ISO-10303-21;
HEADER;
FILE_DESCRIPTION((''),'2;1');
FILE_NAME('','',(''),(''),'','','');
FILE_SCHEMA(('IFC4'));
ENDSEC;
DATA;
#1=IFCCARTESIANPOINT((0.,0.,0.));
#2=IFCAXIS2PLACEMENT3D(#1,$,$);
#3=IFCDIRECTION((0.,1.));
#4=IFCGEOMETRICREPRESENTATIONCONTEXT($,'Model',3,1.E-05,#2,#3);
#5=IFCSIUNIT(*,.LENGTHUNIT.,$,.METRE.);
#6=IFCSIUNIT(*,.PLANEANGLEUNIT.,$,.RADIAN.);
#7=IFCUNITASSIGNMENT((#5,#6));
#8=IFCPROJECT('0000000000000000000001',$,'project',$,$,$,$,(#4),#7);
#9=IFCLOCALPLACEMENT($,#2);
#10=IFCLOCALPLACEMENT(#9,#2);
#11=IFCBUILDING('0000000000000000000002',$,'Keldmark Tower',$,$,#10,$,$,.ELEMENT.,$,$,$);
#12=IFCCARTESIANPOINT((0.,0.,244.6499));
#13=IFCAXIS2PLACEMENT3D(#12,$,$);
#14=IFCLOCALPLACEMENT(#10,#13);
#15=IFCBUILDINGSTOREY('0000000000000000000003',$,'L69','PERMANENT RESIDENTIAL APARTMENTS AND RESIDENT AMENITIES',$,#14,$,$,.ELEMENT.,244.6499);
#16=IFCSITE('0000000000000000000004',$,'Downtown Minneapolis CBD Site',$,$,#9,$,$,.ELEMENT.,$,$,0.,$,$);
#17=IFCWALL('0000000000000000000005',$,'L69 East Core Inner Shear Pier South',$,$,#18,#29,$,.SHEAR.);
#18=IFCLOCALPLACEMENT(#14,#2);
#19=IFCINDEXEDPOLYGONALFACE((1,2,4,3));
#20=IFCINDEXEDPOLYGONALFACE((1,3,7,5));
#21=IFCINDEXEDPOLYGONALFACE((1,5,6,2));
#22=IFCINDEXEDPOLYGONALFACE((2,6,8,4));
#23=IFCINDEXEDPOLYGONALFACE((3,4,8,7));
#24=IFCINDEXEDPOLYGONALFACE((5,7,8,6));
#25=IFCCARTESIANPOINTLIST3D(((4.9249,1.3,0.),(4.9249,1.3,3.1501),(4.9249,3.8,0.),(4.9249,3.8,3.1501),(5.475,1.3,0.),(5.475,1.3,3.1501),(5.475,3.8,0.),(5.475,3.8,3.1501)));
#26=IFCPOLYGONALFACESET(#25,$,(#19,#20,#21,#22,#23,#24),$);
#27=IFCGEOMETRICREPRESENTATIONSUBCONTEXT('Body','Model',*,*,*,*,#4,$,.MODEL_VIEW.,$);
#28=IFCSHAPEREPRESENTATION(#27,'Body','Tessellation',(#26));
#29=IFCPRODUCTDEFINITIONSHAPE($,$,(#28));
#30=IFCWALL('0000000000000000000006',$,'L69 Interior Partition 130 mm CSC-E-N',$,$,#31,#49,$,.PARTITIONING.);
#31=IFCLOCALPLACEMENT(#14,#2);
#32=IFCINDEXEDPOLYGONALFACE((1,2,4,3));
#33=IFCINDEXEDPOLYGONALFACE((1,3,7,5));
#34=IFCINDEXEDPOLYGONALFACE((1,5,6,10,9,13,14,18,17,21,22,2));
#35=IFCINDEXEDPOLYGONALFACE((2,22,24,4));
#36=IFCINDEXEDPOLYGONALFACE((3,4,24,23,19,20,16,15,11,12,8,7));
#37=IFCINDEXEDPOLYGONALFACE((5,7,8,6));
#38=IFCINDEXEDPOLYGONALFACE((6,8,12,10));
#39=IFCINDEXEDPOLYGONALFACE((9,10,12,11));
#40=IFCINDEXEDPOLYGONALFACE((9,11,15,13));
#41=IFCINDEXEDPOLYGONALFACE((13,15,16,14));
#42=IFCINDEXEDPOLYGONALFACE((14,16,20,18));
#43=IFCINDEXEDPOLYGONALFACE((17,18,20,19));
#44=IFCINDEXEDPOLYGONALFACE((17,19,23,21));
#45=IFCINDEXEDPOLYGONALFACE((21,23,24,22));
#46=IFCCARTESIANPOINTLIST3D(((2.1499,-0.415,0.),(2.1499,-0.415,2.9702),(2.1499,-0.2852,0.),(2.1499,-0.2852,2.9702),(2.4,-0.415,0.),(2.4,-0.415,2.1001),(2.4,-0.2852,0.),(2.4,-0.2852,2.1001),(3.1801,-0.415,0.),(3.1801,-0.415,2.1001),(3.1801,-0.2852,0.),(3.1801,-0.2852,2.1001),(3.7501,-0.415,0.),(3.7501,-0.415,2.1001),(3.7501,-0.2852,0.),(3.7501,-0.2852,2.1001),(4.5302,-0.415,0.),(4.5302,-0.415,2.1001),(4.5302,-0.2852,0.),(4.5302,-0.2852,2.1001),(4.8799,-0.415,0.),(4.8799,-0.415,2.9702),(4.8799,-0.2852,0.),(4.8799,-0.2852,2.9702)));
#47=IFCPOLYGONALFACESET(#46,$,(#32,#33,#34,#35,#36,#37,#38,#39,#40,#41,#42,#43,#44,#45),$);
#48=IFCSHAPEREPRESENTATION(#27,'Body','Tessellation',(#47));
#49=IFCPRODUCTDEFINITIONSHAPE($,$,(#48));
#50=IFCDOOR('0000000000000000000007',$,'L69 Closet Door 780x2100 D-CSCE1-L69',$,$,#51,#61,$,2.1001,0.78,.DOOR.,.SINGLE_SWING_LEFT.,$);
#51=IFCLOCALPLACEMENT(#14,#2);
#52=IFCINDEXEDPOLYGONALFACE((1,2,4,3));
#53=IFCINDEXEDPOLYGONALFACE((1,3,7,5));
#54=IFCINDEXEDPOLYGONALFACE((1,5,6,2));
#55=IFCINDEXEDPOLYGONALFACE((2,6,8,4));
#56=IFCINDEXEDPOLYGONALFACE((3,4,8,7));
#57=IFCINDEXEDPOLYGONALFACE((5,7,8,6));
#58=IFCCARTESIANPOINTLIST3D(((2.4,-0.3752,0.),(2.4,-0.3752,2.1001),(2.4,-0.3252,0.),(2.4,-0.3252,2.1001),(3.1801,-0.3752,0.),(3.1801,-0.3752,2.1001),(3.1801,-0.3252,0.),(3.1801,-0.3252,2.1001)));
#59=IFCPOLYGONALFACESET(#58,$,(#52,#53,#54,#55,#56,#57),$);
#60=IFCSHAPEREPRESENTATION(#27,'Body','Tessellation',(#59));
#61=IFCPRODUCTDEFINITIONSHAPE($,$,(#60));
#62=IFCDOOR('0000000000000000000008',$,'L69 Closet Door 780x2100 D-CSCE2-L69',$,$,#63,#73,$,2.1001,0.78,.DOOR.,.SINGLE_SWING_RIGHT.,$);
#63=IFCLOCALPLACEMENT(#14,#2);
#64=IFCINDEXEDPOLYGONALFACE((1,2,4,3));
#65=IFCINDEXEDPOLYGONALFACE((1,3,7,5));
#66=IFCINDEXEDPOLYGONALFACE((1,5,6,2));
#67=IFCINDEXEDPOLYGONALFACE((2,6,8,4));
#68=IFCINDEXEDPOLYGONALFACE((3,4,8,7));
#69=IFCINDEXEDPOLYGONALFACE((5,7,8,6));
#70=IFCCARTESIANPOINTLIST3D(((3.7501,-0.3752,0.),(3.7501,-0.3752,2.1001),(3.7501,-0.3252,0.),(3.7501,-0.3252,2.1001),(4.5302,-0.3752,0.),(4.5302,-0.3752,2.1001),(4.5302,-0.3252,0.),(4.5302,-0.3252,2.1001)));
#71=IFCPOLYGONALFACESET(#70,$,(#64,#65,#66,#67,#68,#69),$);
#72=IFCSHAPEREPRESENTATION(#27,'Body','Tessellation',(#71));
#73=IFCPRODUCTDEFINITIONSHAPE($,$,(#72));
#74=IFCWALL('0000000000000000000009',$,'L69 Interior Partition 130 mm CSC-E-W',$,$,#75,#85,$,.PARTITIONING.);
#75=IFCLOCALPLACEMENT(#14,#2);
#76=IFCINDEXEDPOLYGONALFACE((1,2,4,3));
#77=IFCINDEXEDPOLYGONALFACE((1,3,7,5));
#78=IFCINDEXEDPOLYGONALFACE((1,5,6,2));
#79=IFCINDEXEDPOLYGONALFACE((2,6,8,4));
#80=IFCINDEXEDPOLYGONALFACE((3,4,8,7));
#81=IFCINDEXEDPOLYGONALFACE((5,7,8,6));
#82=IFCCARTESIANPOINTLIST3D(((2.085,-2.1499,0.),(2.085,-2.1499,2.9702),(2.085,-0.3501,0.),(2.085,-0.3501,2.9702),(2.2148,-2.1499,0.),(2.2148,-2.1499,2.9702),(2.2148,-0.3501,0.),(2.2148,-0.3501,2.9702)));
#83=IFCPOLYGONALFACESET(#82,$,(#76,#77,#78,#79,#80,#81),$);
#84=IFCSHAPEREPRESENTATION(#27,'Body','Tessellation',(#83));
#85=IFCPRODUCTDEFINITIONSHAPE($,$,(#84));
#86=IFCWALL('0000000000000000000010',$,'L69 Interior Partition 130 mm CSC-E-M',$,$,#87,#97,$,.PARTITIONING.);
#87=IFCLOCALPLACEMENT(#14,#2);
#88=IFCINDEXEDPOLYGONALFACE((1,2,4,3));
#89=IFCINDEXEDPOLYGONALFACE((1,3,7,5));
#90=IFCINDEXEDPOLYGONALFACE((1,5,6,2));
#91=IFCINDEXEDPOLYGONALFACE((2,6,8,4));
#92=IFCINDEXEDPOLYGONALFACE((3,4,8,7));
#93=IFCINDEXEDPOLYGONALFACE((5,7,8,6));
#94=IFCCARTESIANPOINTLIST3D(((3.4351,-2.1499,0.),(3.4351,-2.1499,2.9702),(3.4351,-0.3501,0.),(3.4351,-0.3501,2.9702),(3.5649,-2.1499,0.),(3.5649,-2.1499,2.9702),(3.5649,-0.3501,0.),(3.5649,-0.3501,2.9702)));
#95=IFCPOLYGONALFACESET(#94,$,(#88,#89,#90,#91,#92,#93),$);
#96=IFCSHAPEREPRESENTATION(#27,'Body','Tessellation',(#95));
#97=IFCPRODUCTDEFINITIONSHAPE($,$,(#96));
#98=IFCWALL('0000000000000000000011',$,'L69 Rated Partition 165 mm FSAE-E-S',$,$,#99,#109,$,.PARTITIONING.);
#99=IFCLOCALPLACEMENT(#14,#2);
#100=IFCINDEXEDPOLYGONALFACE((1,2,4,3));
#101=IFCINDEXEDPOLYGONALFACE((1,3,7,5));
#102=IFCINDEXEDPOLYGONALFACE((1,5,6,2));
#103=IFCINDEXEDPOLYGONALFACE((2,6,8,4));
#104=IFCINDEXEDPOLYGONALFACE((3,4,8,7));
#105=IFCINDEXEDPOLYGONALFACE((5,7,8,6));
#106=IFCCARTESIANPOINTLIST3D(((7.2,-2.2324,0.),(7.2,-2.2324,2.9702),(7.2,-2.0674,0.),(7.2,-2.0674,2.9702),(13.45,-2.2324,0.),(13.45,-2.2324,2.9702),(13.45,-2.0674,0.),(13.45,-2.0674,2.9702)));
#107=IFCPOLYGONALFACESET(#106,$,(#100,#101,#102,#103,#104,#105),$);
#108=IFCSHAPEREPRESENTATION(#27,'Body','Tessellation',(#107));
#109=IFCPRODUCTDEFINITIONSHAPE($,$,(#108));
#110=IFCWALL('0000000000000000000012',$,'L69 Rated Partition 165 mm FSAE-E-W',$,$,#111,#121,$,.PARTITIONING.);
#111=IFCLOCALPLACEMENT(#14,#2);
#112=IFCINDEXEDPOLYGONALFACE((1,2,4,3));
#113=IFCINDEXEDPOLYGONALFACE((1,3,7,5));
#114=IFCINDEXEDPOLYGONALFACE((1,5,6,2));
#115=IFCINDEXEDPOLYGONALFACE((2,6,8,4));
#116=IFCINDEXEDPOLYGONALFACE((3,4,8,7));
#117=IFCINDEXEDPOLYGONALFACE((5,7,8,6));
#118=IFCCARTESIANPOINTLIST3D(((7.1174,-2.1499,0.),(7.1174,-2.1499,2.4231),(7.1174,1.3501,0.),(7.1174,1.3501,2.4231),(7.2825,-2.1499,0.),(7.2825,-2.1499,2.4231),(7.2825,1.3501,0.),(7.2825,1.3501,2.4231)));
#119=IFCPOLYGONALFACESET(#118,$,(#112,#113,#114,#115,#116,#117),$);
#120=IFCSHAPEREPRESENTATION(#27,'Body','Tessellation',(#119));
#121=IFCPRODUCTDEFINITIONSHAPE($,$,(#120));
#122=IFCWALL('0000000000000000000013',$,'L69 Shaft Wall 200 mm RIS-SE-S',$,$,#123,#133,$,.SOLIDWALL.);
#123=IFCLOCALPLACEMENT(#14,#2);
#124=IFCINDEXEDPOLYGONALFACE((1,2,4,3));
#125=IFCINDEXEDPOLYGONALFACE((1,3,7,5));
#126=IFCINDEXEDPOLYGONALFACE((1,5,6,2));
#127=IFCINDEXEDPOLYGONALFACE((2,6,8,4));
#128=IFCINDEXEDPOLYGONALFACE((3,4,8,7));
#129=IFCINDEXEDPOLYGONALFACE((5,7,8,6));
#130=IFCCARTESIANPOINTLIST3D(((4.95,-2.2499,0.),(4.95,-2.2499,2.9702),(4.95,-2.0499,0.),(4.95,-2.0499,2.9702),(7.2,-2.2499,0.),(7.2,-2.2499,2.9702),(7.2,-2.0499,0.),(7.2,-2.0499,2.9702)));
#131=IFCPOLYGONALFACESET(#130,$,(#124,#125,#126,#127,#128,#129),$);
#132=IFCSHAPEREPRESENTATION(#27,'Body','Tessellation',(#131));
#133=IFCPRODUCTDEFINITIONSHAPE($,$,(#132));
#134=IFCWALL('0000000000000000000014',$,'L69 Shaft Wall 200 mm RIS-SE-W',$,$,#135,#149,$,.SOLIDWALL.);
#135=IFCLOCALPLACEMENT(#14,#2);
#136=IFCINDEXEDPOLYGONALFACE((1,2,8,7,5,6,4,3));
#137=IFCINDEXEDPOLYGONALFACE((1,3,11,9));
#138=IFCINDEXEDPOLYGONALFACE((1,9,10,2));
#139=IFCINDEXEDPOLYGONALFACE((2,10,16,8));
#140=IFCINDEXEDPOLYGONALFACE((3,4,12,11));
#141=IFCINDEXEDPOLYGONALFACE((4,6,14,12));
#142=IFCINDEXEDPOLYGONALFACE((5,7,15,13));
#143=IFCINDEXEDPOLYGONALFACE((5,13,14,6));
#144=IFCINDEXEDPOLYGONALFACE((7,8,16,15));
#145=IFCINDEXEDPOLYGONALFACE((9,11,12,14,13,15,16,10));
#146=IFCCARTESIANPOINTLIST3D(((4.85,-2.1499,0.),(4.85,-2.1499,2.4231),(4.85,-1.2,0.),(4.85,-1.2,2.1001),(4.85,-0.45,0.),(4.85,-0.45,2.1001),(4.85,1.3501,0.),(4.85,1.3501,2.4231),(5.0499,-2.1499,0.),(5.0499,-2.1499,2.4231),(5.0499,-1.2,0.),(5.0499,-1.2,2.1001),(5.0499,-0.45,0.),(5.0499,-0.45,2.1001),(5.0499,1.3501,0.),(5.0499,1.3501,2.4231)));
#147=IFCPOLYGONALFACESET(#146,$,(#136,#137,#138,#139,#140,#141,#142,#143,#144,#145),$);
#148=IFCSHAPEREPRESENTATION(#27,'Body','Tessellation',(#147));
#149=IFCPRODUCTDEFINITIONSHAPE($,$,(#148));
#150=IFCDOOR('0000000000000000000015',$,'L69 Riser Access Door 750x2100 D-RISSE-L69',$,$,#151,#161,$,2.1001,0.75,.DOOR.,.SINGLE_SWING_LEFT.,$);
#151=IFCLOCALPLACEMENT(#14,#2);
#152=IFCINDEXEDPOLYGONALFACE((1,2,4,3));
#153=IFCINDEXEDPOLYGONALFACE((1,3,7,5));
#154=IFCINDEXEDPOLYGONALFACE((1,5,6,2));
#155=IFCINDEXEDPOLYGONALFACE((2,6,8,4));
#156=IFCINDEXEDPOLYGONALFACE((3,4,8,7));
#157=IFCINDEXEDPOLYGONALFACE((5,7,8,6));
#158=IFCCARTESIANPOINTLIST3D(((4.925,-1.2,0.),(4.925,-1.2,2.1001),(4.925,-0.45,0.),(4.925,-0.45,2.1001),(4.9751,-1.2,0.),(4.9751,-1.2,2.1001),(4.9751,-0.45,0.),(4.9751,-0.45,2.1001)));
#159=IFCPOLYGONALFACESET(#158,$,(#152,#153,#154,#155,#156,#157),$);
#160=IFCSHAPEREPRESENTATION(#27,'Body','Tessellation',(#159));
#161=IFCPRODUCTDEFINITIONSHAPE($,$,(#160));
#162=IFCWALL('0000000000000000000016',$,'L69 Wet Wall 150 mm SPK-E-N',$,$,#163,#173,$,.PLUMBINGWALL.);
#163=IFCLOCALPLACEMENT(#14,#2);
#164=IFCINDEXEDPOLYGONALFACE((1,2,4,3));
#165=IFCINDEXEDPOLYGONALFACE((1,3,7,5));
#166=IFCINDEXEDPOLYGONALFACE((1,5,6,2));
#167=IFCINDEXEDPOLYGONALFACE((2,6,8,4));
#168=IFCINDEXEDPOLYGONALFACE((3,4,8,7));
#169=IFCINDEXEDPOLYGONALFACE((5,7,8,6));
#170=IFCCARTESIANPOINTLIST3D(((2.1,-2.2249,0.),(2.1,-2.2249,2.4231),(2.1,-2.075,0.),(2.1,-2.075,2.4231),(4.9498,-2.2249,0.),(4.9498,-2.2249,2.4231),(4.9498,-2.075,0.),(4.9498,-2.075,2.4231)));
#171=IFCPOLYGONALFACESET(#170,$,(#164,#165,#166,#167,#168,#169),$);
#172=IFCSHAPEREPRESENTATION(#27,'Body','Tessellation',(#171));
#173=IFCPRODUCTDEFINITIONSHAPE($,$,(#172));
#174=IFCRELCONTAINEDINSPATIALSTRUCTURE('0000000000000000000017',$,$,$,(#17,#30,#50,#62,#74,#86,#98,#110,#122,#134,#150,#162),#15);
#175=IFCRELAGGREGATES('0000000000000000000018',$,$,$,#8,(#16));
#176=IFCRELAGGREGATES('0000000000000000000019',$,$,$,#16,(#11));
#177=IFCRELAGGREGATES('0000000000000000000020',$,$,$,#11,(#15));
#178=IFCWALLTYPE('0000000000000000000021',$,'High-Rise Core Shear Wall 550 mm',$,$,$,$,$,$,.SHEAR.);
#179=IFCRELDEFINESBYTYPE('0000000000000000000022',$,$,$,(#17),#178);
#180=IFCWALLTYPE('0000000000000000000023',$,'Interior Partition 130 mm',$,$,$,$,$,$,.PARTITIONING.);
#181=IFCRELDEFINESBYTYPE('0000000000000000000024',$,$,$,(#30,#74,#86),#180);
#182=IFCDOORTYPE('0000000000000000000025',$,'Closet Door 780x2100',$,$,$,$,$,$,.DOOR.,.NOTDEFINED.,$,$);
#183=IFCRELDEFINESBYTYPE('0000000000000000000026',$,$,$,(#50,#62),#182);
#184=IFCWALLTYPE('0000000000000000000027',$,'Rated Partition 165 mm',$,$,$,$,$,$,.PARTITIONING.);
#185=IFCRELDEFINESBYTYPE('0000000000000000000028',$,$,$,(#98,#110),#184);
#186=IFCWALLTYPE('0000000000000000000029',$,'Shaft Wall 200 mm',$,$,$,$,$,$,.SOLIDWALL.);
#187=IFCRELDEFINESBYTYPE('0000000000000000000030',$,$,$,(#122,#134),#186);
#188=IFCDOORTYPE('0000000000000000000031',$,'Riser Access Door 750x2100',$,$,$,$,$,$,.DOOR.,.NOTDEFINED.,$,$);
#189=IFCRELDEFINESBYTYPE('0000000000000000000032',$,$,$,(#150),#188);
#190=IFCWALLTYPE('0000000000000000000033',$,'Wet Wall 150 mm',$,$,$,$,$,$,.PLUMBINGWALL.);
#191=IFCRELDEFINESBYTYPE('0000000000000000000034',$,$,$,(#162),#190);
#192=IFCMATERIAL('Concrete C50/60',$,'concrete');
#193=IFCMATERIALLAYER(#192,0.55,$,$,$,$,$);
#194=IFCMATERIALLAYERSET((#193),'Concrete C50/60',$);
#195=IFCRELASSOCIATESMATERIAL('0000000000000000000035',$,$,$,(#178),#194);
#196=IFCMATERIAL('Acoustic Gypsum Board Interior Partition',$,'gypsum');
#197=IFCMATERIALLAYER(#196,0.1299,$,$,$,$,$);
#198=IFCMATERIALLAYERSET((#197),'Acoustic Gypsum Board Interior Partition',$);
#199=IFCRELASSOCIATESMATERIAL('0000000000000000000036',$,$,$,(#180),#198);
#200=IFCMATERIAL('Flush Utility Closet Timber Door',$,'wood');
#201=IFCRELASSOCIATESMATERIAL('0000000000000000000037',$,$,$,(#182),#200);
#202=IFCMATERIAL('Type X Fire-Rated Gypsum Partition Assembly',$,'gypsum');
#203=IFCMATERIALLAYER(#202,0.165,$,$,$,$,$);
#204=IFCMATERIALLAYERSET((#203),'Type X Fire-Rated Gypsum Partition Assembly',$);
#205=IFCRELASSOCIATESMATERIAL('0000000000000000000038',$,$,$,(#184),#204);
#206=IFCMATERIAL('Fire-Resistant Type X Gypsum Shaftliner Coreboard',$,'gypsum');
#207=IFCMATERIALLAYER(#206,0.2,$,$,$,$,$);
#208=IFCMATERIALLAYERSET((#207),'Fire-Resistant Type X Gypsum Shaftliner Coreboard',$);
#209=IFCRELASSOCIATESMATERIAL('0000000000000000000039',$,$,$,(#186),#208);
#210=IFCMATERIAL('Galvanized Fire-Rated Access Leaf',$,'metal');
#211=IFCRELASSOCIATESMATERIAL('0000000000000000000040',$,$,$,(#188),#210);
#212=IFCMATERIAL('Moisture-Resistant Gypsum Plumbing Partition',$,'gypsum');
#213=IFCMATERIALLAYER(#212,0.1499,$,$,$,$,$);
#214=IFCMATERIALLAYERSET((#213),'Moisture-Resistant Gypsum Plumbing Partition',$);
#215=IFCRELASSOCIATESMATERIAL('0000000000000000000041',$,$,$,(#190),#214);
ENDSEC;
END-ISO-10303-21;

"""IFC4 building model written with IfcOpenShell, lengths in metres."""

from ifc_helpers import new_model, si_unit, direction, frame, frame_2d, origin, place, context, subcontext, project, spatial, rectangle, extrude, material, layer, layer_set, type_object, element, fill, save


model = new_model("IFC4")

# Units and contexts
model_context = context("Model", 3, precision=1e-05, world=origin(), true_north=direction((0.0, 1.0)))
body_context = subcontext(model_context, "Body", "Model", "MODEL_VIEW")
ifc_project = project(units=[si_unit("LENGTHUNIT", "METRE"), si_unit("PLANEANGLEUNIT", "RADIAN")], contexts=[model_context])

# Site, building, storey
site_placement = place(None, origin())
site = spatial("IfcSite", under=ifc_project, at=site_placement, Name="Downtown Minneapolis CBD Site", CompositionType="ELEMENT", RefElevation=0.0)
building_placement = place(site_placement, origin())
building = spatial("IfcBuilding", under=site, at=building_placement, Name="Keldmark Tower", CompositionType="ELEMENT")
storey_placement = place(building_placement, frame((0.0, 0.0, 244.6499)))
storey = spatial("IfcBuildingStorey", under=building, at=storey_placement, Name="L69", Description="PERMANENT RESIDENTIAL APARTMENTS AND RESIDENT AMENITIES", CompositionType="ELEMENT", Elevation=244.6499)

# Wall
ifc_material_1 = material(Name="Concrete C50/60", Category="concrete")
ifc_layer_1 = layer(ifc_material_1, 0.55)
ifc_layer_set_1 = layer_set([ifc_layer_1], Name="Concrete C50/60")
wall_type_1 = type_object("IfcWallType", Name="High-Rise Core Shear Wall 550 mm", PredefinedType="SHEAR", material=ifc_layer_set_1)
wall_1_placement = place(storey_placement, frame((5.2, 1.3, 0.0), z_axis=(0.0, 0.0, 1.0), x_axis=(0.0, 1.0, 0.0)))
element("IfcWall", 1, at=wall_1_placement, inside=storey, type_object=wall_type_1, Name="L69 East Core Inner Shear Pier South", PredefinedType="SHEAR", context=body_context, shape_type="SweptSolid", body=[
    extrude(rectangle(XDim=2.5, YDim=0.55, at=frame_2d((1.25, 0.0))), origin(), (0.0, 0.0, 1.0), 3.1501),
])

# Wall, openings, doors
ifc_material_2 = material(Name="Acoustic Gypsum Board Interior Partition", Category="gypsum")
ifc_layer_2 = layer(ifc_material_2, 0.1299)
ifc_layer_set_2 = layer_set([ifc_layer_2], Name="Acoustic Gypsum Board Interior Partition")
wall_type_2 = type_object("IfcWallType", Name="Interior Partition 130 mm", PredefinedType="PARTITIONING", material=ifc_layer_set_2)
wall_2_placement = place(storey_placement, frame((2.1499, -0.3501, 0.0), z_axis=(0.0, 0.0, 1.0), x_axis=(1.0, 0.0, 0.0)))
wall_2 = element("IfcWall", 2, at=wall_2_placement, inside=storey, type_object=wall_type_2, Name="L69 Interior Partition 130 mm CSC-E-N", PredefinedType="PARTITIONING", context=body_context, shape_type="SweptSolid", body=[
    extrude(rectangle(XDim=2.73, YDim=0.1299, at=frame_2d((1.365, 0.0))), origin(), (0.0, 0.0, 1.0), 2.9702),
])
opening_1_placement = place(wall_2_placement, frame((0.25, 0.0, 0.0)))
opening_1 = element("IfcOpeningElement", 3, at=opening_1_placement, cuts=wall_2, PredefinedType="OPENING", context=body_context, shape_type="SweptSolid", body=[
    extrude(rectangle(XDim=0.78, YDim=2.1001, at=frame_2d((0.3901, 1.05))), frame((0.0, 0.075, 0.0), z_axis=(0.0, -1.0, 0.0), x_axis=(1.0, 0.0, 0.0)), (0.0, 0.0, 1.0), 0.1499),
])
opening_2_placement = place(wall_2_placement, frame((1.6001, 0.0, 0.0)))
opening_2 = element("IfcOpeningElement", 4, at=opening_2_placement, cuts=wall_2, PredefinedType="OPENING", context=body_context, shape_type="SweptSolid", body=[
    extrude(rectangle(XDim=0.78, YDim=2.1001, at=frame_2d((0.3901, 1.05))), frame((0.0, 0.075, 0.0), z_axis=(0.0, -1.0, 0.0), x_axis=(1.0, 0.0, 0.0)), (0.0, 0.0, 1.0), 0.1499),
])
ifc_material_3 = material(Name="Flush Utility Closet Timber Door", Category="wood")
door_type_1 = type_object("IfcDoorType", Name="Closet Door 780x2100", OperationType="NOTDEFINED", PredefinedType="DOOR", material=ifc_material_3)
door_1_placement = place(opening_1_placement, origin())
door_1 = element("IfcDoor", 5, at=door_1_placement, inside=storey, type_object=door_type_1, Name="L69 Closet Door 780x2100 D-CSCE1-L69", OperationType="SINGLE_SWING_LEFT", OverallHeight=2.1001, OverallWidth=0.78, PredefinedType="DOOR", context=body_context, shape_type="SweptSolid", body=[
    extrude(rectangle(XDim=0.78, YDim=2.1001, at=frame_2d((0.3901, 1.05))), frame((0.0, 0.0249, 0.0), z_axis=(0.0, -1.0, 0.0), x_axis=(1.0, 0.0, 0.0)), (0.0, 0.0, 1.0), 0.05),
])
fill(opening_1, door_1)
door_2_placement = place(opening_2_placement, origin())
door_2 = element("IfcDoor", 6, at=door_2_placement, inside=storey, type_object=door_type_1, Name="L69 Closet Door 780x2100 D-CSCE2-L69", OperationType="SINGLE_SWING_RIGHT", OverallHeight=2.1001, OverallWidth=0.78, PredefinedType="DOOR", context=body_context, shape_type="SweptSolid", body=[
    extrude(rectangle(XDim=0.78, YDim=2.1001, at=frame_2d((0.3901, 1.05))), frame((0.0, 0.0249, 0.0), z_axis=(0.0, -1.0, 0.0), x_axis=(1.0, 0.0, 0.0)), (0.0, 0.0, 1.0), 0.05),
])
fill(opening_2, door_2)

# Walls
for number, where, z_axis, x_axis, name in (
    (7, (2.1499, -2.1499, 0.0), (0.0, 0.0, 1.0), (0.0, 1.0, 0.0), "L69 Interior Partition 130 mm CSC-E-W"),
    (8, (3.5, -2.1499, 0.0), (0.0, 0.0, 1.0), (0.0, 1.0, 0.0), "L69 Interior Partition 130 mm CSC-E-M"),
):
    element("IfcWall", number, at=place(storey_placement, frame(where, z_axis=z_axis, x_axis=x_axis)), inside=storey, type_object=wall_type_2, Name=name, PredefinedType="PARTITIONING", context=body_context, shape_type="SweptSolid", body=[
        extrude(rectangle(XDim=1.7998, YDim=0.1299, at=frame_2d((0.8999, 0.0))), origin(), (0.0, 0.0, 1.0), 2.9702),
    ])
ifc_material_4 = material(Name="Type X Fire-Rated Gypsum Partition Assembly", Category="gypsum")
ifc_layer_3 = layer(ifc_material_4, 0.165)
ifc_layer_set_3 = layer_set([ifc_layer_3], Name="Type X Fire-Rated Gypsum Partition Assembly")
wall_type_3 = type_object("IfcWallType", Name="Rated Partition 165 mm", PredefinedType="PARTITIONING", material=ifc_layer_set_3)
wall_3_placement = place(storey_placement, frame((7.2, -2.1499, 0.0), z_axis=(0.0, 0.0, 1.0), x_axis=(1.0, 0.0, 0.0)))
element("IfcWall", 9, at=wall_3_placement, inside=storey, type_object=wall_type_3, Name="L69 Rated Partition 165 mm FSAE-E-S", PredefinedType="PARTITIONING", context=body_context, shape_type="SweptSolid", body=[
    extrude(rectangle(XDim=6.25, YDim=0.165, at=frame_2d((3.125, 0.0))), origin(), (0.0, 0.0, 1.0), 2.9702),
])
wall_4_placement = place(storey_placement, frame((7.2, -2.1499, 0.0), z_axis=(0.0, 0.0, 1.0), x_axis=(0.0, 1.0, 0.0)))
element("IfcWall", 10, at=wall_4_placement, inside=storey, type_object=wall_type_3, Name="L69 Rated Partition 165 mm FSAE-E-W", PredefinedType="PARTITIONING", context=body_context, shape_type="SweptSolid", body=[
    extrude(rectangle(XDim=3.5, YDim=0.165, at=frame_2d((1.75, 0.0))), origin(), (0.0, 0.0, 1.0), 2.4231),
])

# Wall
ifc_material_5 = material(Name="Fire-Resistant Type X Gypsum Shaftliner Coreboard", Category="gypsum")
ifc_layer_4 = layer(ifc_material_5, 0.2)
ifc_layer_set_4 = layer_set([ifc_layer_4], Name="Fire-Resistant Type X Gypsum Shaftliner Coreboard")
wall_type_4 = type_object("IfcWallType", Name="Shaft Wall 200 mm", PredefinedType="SOLIDWALL", material=ifc_layer_set_4)
wall_5_placement = place(storey_placement, frame((4.95, -2.1499, 0.0), z_axis=(0.0, 0.0, 1.0), x_axis=(1.0, 0.0, 0.0)))
element("IfcWall", 11, at=wall_5_placement, inside=storey, type_object=wall_type_4, Name="L69 Shaft Wall 200 mm RIS-SE-S", PredefinedType="SOLIDWALL", context=body_context, shape_type="SweptSolid", body=[
    extrude(rectangle(XDim=2.25, YDim=0.2, at=frame_2d((1.125, 0.0))), origin(), (0.0, 0.0, 1.0), 2.9702),
])

# Wall, opening, door
wall_6_placement = place(storey_placement, frame((4.95, -2.1499, 0.0), z_axis=(0.0, 0.0, 1.0), x_axis=(0.0, 1.0, 0.0)))
wall_6 = element("IfcWall", 12, at=wall_6_placement, inside=storey, type_object=wall_type_4, Name="L69 Shaft Wall 200 mm RIS-SE-W", PredefinedType="SOLIDWALL", context=body_context, shape_type="SweptSolid", body=[
    extrude(rectangle(XDim=3.5, YDim=0.2, at=frame_2d((1.75, 0.0))), origin(), (0.0, 0.0, 1.0), 2.4231),
])
opening_3_placement = place(wall_6_placement, frame((0.95, 0.0, 0.0)))
opening_3 = element("IfcOpeningElement", 13, at=opening_3_placement, cuts=wall_6, PredefinedType="OPENING", context=body_context, shape_type="SweptSolid", body=[
    extrude(rectangle(XDim=0.75, YDim=2.1001, at=frame_2d((0.375, 1.05))), frame((0.0, 0.1099, 0.0), z_axis=(0.0, -1.0, 0.0), x_axis=(1.0, 0.0, 0.0)), (0.0, 0.0, 1.0), 0.22),
])
ifc_material_6 = material(Name="Galvanized Fire-Rated Access Leaf", Category="metal")
door_type_2 = type_object("IfcDoorType", Name="Riser Access Door 750x2100", OperationType="NOTDEFINED", PredefinedType="DOOR", material=ifc_material_6)
door_3_placement = place(opening_3_placement, origin())
door_3 = element("IfcDoor", 14, at=door_3_placement, inside=storey, type_object=door_type_2, Name="L69 Riser Access Door 750x2100 D-RISSE-L69", OperationType="SINGLE_SWING_LEFT", OverallHeight=2.1001, OverallWidth=0.75, PredefinedType="DOOR", context=body_context, shape_type="SweptSolid", body=[
    extrude(rectangle(XDim=0.75, YDim=2.1001, at=frame_2d((0.375, 1.05))), frame((0.0, 0.0249, 0.0), z_axis=(0.0, -1.0, 0.0), x_axis=(1.0, 0.0, 0.0)), (0.0, 0.0, 1.0), 0.05),
])
fill(opening_3, door_3)

# Wall
ifc_material_7 = material(Name="Moisture-Resistant Gypsum Plumbing Partition", Category="gypsum")
ifc_layer_5 = layer(ifc_material_7, 0.1499)
ifc_layer_set_5 = layer_set([ifc_layer_5], Name="Moisture-Resistant Gypsum Plumbing Partition")
wall_type_5 = type_object("IfcWallType", Name="Wet Wall 150 mm", PredefinedType="PLUMBINGWALL", material=ifc_layer_set_5)
wall_7_placement = place(storey_placement, frame((2.1001, -2.1499, 0.0), z_axis=(0.0, 0.0, 1.0), x_axis=(1.0, 0.0, 0.0)))
element("IfcWall", 15, at=wall_7_placement, inside=storey, type_object=wall_type_5, Name="L69 Wet Wall 150 mm SPK-E-N", PredefinedType="PLUMBINGWALL", context=body_context, shape_type="SweptSolid", body=[
    extrude(rectangle(XDim=2.8499, YDim=0.1499, at=frame_2d((1.4248, 0.0))), origin(), (0.0, 0.0, 1.0), 2.4231),
])

save(model, "model.ifc")
